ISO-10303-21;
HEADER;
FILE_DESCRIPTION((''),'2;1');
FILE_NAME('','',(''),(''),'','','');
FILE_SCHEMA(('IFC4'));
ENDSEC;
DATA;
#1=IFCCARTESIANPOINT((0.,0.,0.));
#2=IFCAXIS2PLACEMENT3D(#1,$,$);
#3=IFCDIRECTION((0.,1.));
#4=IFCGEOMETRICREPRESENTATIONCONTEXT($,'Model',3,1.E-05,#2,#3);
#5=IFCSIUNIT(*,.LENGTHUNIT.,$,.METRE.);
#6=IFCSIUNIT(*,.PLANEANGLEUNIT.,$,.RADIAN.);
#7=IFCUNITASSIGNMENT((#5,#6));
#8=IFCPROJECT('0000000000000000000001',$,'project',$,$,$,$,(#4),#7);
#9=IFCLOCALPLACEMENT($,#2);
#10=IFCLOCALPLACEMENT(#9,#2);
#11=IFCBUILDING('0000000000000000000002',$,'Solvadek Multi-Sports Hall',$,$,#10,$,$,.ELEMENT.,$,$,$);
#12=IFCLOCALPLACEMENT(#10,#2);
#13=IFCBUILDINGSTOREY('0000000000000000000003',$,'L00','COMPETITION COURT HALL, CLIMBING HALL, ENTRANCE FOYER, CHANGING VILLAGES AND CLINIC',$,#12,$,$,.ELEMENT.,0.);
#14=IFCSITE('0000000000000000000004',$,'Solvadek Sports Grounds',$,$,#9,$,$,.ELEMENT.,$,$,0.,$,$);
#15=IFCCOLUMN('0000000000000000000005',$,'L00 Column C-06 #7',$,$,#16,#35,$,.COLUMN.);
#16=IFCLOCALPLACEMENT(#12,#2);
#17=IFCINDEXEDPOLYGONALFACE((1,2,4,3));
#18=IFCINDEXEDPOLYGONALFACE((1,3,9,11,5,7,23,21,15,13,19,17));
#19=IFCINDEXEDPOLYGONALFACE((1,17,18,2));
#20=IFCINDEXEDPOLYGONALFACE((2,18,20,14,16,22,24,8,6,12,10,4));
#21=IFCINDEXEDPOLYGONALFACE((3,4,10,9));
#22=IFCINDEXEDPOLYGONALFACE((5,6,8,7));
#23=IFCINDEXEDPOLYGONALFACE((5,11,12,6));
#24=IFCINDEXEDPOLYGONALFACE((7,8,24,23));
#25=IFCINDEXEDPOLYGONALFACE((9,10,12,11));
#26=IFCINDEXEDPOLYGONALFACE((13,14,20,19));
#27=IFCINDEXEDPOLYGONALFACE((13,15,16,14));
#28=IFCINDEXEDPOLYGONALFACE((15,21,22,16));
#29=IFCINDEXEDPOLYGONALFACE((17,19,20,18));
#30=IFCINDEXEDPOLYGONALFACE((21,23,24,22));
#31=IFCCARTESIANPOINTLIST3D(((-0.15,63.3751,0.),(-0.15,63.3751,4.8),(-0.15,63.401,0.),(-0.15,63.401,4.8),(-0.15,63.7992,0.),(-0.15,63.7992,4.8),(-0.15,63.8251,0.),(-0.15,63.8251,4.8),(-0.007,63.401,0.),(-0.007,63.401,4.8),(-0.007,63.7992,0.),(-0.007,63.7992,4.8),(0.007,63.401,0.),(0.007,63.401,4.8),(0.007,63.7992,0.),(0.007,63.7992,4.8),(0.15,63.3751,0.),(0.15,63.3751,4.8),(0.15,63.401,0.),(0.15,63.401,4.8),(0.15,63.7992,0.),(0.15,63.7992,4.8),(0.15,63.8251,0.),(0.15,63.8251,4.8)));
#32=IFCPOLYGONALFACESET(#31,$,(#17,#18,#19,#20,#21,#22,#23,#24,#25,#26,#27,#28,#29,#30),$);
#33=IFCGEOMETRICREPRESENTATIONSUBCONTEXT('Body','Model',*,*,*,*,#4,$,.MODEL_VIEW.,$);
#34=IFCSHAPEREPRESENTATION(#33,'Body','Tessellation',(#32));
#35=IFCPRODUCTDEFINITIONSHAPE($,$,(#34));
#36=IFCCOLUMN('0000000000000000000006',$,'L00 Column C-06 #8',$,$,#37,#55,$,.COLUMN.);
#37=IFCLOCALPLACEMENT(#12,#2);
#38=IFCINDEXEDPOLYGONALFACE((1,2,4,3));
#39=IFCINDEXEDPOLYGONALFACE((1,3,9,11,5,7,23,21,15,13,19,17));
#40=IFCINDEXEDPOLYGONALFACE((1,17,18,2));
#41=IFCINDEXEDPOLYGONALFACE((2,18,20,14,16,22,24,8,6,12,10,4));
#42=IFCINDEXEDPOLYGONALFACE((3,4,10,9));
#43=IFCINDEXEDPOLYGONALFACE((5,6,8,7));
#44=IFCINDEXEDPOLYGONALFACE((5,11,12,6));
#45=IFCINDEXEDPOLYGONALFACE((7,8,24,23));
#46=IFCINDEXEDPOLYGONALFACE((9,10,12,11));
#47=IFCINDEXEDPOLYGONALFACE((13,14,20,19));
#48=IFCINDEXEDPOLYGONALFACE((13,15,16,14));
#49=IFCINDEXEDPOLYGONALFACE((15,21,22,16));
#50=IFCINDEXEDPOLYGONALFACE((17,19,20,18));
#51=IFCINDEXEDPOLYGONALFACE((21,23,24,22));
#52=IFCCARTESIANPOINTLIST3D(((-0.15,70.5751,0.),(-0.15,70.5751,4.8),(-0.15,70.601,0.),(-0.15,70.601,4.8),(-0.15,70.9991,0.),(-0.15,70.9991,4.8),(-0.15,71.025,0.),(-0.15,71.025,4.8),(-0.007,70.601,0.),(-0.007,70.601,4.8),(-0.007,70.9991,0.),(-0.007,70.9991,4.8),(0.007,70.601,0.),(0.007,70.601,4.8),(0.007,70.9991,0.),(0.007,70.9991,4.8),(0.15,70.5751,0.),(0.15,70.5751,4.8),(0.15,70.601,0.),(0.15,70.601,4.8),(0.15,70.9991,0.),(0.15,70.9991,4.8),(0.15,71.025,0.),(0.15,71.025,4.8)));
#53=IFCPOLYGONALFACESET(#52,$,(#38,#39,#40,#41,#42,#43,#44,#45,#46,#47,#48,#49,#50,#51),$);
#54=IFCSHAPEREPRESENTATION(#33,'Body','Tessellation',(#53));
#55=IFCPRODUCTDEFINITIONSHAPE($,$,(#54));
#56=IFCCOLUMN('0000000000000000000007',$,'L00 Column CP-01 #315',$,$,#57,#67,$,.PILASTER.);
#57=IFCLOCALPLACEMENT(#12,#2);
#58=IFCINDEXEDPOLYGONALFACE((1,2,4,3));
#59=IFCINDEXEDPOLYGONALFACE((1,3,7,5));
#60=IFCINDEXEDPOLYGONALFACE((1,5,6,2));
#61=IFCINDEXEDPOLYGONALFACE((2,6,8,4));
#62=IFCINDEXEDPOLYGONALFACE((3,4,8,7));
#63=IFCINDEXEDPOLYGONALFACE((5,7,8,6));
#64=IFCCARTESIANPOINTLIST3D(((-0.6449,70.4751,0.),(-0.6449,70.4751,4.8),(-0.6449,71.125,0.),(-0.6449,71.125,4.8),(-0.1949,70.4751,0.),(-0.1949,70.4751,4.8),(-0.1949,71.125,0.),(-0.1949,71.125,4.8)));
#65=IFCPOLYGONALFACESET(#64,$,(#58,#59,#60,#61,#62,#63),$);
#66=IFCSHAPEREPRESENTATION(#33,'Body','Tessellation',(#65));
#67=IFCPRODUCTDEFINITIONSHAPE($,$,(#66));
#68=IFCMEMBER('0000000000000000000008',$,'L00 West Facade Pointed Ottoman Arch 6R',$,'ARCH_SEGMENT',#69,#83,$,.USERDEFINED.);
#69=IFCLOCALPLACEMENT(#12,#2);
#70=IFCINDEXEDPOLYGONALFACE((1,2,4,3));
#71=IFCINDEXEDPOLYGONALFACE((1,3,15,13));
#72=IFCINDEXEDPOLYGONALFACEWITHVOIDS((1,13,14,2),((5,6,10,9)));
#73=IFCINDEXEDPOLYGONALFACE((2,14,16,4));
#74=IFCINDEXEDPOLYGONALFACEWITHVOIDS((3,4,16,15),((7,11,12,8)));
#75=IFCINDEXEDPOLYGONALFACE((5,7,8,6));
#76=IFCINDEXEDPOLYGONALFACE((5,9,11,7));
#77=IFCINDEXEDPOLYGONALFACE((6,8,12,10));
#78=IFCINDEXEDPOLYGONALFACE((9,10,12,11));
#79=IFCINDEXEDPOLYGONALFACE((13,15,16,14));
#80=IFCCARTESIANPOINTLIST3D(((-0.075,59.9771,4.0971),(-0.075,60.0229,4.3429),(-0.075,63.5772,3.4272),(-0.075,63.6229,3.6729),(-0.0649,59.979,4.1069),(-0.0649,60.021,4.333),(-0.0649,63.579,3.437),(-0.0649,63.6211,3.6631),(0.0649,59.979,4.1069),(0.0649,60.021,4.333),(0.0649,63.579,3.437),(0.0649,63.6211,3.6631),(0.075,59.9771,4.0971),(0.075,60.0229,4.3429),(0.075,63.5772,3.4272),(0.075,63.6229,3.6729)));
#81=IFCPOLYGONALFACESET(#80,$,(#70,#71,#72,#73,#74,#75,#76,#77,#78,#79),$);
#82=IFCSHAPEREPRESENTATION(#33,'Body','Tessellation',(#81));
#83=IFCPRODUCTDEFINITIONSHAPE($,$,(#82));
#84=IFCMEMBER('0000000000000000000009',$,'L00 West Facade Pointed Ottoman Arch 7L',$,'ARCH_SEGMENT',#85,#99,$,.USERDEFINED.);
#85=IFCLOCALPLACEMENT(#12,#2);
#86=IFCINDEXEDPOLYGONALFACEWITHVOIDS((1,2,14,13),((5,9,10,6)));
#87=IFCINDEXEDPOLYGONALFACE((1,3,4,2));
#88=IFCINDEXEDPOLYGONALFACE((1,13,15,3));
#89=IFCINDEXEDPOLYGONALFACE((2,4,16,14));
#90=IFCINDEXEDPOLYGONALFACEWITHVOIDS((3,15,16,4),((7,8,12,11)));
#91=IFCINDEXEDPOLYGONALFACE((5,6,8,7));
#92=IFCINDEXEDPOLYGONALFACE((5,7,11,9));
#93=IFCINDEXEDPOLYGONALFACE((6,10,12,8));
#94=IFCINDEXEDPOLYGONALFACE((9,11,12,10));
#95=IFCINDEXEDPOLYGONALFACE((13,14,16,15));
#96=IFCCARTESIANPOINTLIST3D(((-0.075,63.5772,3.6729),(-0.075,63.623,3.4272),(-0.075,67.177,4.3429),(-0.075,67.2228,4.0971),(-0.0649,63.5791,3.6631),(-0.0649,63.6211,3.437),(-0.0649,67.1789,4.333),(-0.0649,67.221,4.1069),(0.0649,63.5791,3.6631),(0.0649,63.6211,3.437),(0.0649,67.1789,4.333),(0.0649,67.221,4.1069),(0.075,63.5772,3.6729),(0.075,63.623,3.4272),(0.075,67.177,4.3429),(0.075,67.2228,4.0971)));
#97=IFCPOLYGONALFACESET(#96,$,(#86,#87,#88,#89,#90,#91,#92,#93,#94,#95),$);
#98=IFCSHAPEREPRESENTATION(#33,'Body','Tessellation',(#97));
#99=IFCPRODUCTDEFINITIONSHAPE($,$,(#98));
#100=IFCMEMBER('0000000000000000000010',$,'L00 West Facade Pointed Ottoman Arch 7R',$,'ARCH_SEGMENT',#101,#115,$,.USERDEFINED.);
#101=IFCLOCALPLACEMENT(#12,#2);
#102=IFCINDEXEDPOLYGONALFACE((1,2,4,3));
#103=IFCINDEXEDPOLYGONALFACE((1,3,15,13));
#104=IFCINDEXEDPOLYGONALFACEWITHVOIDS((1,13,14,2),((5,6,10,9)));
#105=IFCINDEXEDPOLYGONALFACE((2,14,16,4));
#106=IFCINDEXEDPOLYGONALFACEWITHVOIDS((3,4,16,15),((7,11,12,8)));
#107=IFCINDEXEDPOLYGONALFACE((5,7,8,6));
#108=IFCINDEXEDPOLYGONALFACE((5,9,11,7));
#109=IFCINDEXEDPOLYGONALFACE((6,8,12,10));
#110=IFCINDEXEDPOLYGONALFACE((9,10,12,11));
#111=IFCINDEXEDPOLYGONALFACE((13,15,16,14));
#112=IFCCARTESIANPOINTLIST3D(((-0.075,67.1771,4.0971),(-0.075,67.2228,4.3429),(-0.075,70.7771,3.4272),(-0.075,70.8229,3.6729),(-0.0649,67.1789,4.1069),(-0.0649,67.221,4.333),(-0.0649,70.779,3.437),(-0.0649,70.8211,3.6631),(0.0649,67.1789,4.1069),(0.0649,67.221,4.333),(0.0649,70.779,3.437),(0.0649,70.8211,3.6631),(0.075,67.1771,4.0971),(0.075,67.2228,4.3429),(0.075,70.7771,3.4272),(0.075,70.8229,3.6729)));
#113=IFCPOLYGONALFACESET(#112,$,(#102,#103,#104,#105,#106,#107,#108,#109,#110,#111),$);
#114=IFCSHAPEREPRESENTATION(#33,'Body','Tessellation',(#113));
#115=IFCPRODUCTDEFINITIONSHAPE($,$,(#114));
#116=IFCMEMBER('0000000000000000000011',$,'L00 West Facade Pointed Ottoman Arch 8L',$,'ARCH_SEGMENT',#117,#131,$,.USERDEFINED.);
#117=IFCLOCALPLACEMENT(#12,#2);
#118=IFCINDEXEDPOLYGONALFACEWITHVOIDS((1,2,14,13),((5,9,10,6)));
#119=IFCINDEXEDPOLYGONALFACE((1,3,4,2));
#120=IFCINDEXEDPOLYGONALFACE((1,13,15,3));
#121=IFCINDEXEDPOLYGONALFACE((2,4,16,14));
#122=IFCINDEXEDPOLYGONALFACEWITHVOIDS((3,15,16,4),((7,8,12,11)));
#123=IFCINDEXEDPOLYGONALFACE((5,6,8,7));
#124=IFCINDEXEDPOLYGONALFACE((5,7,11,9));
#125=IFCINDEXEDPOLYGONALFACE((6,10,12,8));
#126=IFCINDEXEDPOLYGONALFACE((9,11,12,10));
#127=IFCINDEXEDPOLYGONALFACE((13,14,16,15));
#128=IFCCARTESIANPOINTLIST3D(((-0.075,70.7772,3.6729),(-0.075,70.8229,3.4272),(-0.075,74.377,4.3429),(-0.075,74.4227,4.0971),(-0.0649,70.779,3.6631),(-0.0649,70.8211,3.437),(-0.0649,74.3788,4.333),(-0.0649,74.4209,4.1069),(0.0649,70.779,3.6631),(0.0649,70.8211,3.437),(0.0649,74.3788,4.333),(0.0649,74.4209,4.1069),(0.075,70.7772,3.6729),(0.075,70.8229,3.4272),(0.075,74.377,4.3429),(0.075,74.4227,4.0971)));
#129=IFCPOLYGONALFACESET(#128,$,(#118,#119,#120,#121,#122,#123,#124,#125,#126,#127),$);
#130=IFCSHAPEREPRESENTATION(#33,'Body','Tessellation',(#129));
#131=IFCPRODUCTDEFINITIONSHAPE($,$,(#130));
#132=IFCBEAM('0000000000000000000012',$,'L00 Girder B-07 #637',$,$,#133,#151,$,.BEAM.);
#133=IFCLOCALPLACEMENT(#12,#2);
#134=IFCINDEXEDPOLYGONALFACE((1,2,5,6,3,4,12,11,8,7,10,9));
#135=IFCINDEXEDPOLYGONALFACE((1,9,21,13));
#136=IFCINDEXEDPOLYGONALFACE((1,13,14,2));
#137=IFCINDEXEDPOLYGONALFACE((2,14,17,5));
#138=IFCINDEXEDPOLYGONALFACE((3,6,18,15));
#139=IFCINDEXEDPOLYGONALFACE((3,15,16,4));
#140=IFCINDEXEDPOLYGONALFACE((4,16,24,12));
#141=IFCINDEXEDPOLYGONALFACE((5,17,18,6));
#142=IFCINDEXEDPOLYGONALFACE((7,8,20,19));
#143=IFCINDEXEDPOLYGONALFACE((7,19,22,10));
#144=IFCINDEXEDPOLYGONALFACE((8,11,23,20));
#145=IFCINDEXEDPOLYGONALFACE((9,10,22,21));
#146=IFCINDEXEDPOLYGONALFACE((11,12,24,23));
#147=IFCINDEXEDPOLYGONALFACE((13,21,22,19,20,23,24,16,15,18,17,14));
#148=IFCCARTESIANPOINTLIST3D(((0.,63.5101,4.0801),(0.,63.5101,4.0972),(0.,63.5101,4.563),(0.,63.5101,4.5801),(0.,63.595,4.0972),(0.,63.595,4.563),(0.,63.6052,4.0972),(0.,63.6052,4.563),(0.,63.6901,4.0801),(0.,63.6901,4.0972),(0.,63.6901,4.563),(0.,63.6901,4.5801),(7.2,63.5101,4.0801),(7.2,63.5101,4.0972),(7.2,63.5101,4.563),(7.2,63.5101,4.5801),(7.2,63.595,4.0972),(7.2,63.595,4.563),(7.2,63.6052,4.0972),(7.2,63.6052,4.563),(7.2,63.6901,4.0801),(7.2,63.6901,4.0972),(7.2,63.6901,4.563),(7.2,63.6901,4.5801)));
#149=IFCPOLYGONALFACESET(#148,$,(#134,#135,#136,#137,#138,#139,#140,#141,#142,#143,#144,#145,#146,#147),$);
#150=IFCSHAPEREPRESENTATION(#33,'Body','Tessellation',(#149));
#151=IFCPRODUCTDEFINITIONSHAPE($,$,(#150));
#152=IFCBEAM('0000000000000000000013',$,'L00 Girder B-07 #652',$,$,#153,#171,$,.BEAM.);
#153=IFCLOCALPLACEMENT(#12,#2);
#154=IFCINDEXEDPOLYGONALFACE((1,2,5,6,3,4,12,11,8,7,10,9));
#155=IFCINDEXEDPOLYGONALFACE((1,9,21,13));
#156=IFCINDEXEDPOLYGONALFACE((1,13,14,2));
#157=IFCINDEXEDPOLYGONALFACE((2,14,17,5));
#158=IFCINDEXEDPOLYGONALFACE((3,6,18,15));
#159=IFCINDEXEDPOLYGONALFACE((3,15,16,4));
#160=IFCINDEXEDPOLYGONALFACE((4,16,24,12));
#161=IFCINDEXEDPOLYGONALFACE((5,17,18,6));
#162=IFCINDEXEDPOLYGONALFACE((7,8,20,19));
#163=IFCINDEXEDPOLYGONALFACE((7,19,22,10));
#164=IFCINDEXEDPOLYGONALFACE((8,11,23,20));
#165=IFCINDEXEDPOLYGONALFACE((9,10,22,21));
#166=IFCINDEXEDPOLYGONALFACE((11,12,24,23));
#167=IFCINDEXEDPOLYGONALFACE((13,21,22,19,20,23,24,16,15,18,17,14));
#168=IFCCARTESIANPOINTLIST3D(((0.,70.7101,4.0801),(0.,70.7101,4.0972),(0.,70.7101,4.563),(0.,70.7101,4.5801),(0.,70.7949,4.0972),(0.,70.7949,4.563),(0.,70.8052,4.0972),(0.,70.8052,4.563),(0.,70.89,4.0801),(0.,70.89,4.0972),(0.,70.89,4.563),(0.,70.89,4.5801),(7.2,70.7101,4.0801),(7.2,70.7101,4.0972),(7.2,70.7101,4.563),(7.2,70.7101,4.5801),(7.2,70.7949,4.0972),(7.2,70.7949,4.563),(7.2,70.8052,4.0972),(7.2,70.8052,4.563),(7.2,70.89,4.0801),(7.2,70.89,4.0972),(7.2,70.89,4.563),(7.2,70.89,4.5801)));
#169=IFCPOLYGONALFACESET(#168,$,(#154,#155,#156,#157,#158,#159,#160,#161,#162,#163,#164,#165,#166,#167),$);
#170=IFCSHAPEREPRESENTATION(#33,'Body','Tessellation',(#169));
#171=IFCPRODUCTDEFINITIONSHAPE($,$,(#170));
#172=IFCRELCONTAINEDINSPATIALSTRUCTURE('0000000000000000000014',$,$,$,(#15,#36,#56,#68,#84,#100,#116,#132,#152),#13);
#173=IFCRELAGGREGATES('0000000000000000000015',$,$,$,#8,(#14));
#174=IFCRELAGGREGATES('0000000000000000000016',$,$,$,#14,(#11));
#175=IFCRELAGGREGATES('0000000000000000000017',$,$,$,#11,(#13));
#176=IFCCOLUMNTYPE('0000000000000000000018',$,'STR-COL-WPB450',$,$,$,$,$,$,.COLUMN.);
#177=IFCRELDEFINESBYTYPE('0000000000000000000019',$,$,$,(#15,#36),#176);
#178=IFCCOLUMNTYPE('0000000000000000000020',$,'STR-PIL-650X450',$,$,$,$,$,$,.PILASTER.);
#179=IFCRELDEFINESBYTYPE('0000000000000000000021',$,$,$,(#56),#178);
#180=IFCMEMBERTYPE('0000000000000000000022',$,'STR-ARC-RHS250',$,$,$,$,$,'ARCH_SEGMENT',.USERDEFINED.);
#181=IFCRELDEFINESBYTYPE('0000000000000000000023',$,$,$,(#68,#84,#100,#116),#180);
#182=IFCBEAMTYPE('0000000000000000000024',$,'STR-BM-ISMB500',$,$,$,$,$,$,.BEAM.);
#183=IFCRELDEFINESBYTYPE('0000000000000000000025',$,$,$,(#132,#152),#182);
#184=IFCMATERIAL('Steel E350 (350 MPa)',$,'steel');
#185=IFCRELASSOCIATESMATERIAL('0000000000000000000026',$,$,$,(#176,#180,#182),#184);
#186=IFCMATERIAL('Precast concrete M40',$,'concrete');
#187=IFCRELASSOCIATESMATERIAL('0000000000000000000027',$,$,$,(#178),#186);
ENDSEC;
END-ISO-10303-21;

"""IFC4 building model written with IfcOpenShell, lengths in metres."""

from ifc_helpers import new_model, si_unit, direction, frame, origin, origin_2d, place, context, subcontext, project, spatial, rectangle, hollow_rectangle, i_section, extrude, material, material_profile, profile_set, type_object, element, save


model = new_model("IFC4")

# Units and contexts
model_context = context("Model", 3, precision=1e-05, world=origin(), true_north=direction((0.0, 1.0)))
body_context = subcontext(model_context, "Body", "Model", "MODEL_VIEW")
ifc_project = project(units=[si_unit("LENGTHUNIT", "METRE"), si_unit("PLANEANGLEUNIT", "RADIAN")], contexts=[model_context])

# Site, building, storey
site_placement = place(None, origin())
site = spatial("IfcSite", under=ifc_project, at=site_placement, Name="Solvadek Sports Grounds", CompositionType="ELEMENT", RefElevation=0.0)
building_placement = place(site_placement, origin())
building = spatial("IfcBuilding", under=site, at=building_placement, Name="Solvadek Multi-Sports Hall", CompositionType="ELEMENT")
storey_placement = place(building_placement, origin())
storey = spatial("IfcBuildingStorey", under=building, at=storey_placement, Name="L00", Description="COMPETITION COURT HALL, CLIMBING HALL, ENTRANCE FOYER, CHANGING VILLAGES AND CLINIC", CompositionType="ELEMENT", Elevation=0.0)

# Columns
ifc_material_1 = material(Name="Steel E350 (350 MPa)", Category="steel")
ifc_material_profile_1 = material_profile(ifc_material_1, i_section(OverallWidth=0.3, OverallDepth=0.45, WebThickness=0.0139, FlangeThickness=0.0259, at=origin_2d()), Name="WPB 450")
ifc_profile_set_1 = profile_set([ifc_material_profile_1], Name="Steel E350 (350 MPa)")
column_type_1 = type_object("IfcColumnType", Name="STR-COL-WPB450", PredefinedType="COLUMN", material=ifc_profile_set_1)
for number, where, z_axis, x_axis, name in (
    (1, (0.0, 63.6001, 0.0), (0.0, 0.0, 1.0), (1.0, 0.0, 0.0), "L00 Column C-06 #7"),
    (2, (0.0, 70.8, 0.0), (0.0, 0.0, 1.0), (1.0, 0.0, 0.0), "L00 Column C-06 #8"),
):
    element("IfcColumn", number, at=place(storey_placement, frame(where, z_axis=z_axis, x_axis=x_axis)), inside=storey, type_object=column_type_1, Name=name, PredefinedType="COLUMN", context=body_context, shape_type="SweptSolid", body=[
        extrude(i_section(OverallWidth=0.3, OverallDepth=0.45, WebThickness=0.0139, FlangeThickness=0.0259, at=origin_2d()), origin(), (0.0, 0.0, 1.0), 4.8),
    ])
ifc_material_2 = material(Name="Precast concrete M40", Category="concrete")
ifc_material_profile_2 = material_profile(ifc_material_2, rectangle(XDim=0.45, YDim=0.6499, at=origin_2d()), Name="RC PILASTER 650x450")
ifc_profile_set_2 = profile_set([ifc_material_profile_2], Name="Precast concrete M40")
column_type_2 = type_object("IfcColumnType", Name="STR-PIL-650X450", PredefinedType="PILASTER", material=ifc_profile_set_2)
column_placement = place(storey_placement, frame((-0.4199, 70.8, 0.0), z_axis=(0.0, 0.0, 1.0), x_axis=(1.0, 0.0, 0.0)))
element("IfcColumn", 3, at=column_placement, inside=storey, type_object=column_type_2, Name="L00 Column CP-01 #315", PredefinedType="PILASTER", context=body_context, shape_type="SweptSolid", body=[
    extrude(rectangle(XDim=0.45, YDim=0.6499, at=origin_2d()), origin(), (0.0, 0.0, 1.0), 4.8),
])

# Members
ifc_material_profile_3 = material_profile(ifc_material_1, hollow_rectangle(XDim=0.1499, YDim=0.25, WallThickness=0.01, at=origin_2d()), Name="RHS 250x150x10")
ifc_profile_set_3 = profile_set([ifc_material_profile_3], Name="Steel E350 (350 MPa)")
member_type = type_object("IfcMemberType", Name="STR-ARC-RHS250", ElementType="ARCH_SEGMENT", PredefinedType="USERDEFINED", material=ifc_profile_set_3)
member_1_placement = place(storey_placement, frame((0.0, 60.0, 4.22), z_axis=(0.0, 0.983123, -0.182944), x_axis=(-1.0, 0.0, 0.0)))
element("IfcMember", 4, at=member_1_placement, inside=storey, type_object=member_type, Name="L00 West Facade Pointed Ottoman Arch 6R", ObjectType="ARCH_SEGMENT", PredefinedType="USERDEFINED", context=body_context, shape_type="SweptSolid", body=[
    extrude(hollow_rectangle(XDim=0.1499, YDim=0.25, WallThickness=0.01, at=origin_2d()), origin(), (0.0, 0.0, 1.0), 3.6619),
])
member_2_placement = place(storey_placement, frame((0.0, 63.6001, 3.55), z_axis=(0.0, 0.983121, 0.182956), x_axis=(-1.0, 0.0, 0.0)))
element("IfcMember", 5, at=member_2_placement, inside=storey, type_object=member_type, Name="L00 West Facade Pointed Ottoman Arch 7L", ObjectType="ARCH_SEGMENT", PredefinedType="USERDEFINED", context=body_context, shape_type="SweptSolid", body=[
    extrude(hollow_rectangle(XDim=0.1499, YDim=0.25, WallThickness=0.01, at=origin_2d()), origin(), (0.0, 0.0, 1.0), 3.6616),
])
member_3_placement = place(storey_placement, frame((0.0, 67.2, 4.22), z_axis=(0.0, 0.983123, -0.182944), x_axis=(-1.0, 0.0, 0.0)))
element("IfcMember", 6, at=member_3_placement, inside=storey, type_object=member_type, Name="L00 West Facade Pointed Ottoman Arch 7R", ObjectType="ARCH_SEGMENT", PredefinedType="USERDEFINED", context=body_context, shape_type="SweptSolid", body=[
    extrude(hollow_rectangle(XDim=0.1499, YDim=0.25, WallThickness=0.01, at=origin_2d()), origin(), (0.0, 0.0, 1.0), 3.6619),
])
member_4_placement = place(storey_placement, frame((0.0, 70.8, 3.55), z_axis=(0.0, 0.983121, 0.182956), x_axis=(-1.0, 0.0, 0.0)))
element("IfcMember", 7, at=member_4_placement, inside=storey, type_object=member_type, Name="L00 West Facade Pointed Ottoman Arch 8L", ObjectType="ARCH_SEGMENT", PredefinedType="USERDEFINED", context=body_context, shape_type="SweptSolid", body=[
    extrude(hollow_rectangle(XDim=0.1499, YDim=0.25, WallThickness=0.01, at=origin_2d()), origin(), (0.0, 0.0, 1.0), 3.6616),
])

# Beams
ifc_material_profile_4 = material_profile(ifc_material_1, i_section(OverallWidth=0.1799, OverallDepth=0.5, WebThickness=0.0103, FlangeThickness=0.0171, at=origin_2d()), Name="ISMB 500")
ifc_profile_set_4 = profile_set([ifc_material_profile_4], Name="Steel E350 (350 MPa)")
beam_type_1 = type_object("IfcBeamType", Name="STR-BM-ISMB500", PredefinedType="BEAM", material=ifc_profile_set_4)
for number, where, z_axis, x_axis, name in (
    (8, (0.0, 63.6001, 4.3301), (1.0, 0.0, 0.0), (0.0, 1.0, 0.0), "L00 Girder B-07 #637"),
    (9, (0.0, 70.8, 4.3301), (1.0, 0.0, 0.0), (0.0, 1.0, 0.0), "L00 Girder B-07 #652"),
):
    element("IfcBeam", number, at=place(storey_placement, frame(where, z_axis=z_axis, x_axis=x_axis)), inside=storey, type_object=beam_type_1, Name=name, PredefinedType="BEAM", context=body_context, shape_type="SweptSolid", body=[
        extrude(i_section(OverallWidth=0.1799, OverallDepth=0.5, WebThickness=0.0103, FlangeThickness=0.0171, at=origin_2d()), origin(), (0.0, 0.0, 1.0), 7.2),
    ])

save(model, "model.ifc")
